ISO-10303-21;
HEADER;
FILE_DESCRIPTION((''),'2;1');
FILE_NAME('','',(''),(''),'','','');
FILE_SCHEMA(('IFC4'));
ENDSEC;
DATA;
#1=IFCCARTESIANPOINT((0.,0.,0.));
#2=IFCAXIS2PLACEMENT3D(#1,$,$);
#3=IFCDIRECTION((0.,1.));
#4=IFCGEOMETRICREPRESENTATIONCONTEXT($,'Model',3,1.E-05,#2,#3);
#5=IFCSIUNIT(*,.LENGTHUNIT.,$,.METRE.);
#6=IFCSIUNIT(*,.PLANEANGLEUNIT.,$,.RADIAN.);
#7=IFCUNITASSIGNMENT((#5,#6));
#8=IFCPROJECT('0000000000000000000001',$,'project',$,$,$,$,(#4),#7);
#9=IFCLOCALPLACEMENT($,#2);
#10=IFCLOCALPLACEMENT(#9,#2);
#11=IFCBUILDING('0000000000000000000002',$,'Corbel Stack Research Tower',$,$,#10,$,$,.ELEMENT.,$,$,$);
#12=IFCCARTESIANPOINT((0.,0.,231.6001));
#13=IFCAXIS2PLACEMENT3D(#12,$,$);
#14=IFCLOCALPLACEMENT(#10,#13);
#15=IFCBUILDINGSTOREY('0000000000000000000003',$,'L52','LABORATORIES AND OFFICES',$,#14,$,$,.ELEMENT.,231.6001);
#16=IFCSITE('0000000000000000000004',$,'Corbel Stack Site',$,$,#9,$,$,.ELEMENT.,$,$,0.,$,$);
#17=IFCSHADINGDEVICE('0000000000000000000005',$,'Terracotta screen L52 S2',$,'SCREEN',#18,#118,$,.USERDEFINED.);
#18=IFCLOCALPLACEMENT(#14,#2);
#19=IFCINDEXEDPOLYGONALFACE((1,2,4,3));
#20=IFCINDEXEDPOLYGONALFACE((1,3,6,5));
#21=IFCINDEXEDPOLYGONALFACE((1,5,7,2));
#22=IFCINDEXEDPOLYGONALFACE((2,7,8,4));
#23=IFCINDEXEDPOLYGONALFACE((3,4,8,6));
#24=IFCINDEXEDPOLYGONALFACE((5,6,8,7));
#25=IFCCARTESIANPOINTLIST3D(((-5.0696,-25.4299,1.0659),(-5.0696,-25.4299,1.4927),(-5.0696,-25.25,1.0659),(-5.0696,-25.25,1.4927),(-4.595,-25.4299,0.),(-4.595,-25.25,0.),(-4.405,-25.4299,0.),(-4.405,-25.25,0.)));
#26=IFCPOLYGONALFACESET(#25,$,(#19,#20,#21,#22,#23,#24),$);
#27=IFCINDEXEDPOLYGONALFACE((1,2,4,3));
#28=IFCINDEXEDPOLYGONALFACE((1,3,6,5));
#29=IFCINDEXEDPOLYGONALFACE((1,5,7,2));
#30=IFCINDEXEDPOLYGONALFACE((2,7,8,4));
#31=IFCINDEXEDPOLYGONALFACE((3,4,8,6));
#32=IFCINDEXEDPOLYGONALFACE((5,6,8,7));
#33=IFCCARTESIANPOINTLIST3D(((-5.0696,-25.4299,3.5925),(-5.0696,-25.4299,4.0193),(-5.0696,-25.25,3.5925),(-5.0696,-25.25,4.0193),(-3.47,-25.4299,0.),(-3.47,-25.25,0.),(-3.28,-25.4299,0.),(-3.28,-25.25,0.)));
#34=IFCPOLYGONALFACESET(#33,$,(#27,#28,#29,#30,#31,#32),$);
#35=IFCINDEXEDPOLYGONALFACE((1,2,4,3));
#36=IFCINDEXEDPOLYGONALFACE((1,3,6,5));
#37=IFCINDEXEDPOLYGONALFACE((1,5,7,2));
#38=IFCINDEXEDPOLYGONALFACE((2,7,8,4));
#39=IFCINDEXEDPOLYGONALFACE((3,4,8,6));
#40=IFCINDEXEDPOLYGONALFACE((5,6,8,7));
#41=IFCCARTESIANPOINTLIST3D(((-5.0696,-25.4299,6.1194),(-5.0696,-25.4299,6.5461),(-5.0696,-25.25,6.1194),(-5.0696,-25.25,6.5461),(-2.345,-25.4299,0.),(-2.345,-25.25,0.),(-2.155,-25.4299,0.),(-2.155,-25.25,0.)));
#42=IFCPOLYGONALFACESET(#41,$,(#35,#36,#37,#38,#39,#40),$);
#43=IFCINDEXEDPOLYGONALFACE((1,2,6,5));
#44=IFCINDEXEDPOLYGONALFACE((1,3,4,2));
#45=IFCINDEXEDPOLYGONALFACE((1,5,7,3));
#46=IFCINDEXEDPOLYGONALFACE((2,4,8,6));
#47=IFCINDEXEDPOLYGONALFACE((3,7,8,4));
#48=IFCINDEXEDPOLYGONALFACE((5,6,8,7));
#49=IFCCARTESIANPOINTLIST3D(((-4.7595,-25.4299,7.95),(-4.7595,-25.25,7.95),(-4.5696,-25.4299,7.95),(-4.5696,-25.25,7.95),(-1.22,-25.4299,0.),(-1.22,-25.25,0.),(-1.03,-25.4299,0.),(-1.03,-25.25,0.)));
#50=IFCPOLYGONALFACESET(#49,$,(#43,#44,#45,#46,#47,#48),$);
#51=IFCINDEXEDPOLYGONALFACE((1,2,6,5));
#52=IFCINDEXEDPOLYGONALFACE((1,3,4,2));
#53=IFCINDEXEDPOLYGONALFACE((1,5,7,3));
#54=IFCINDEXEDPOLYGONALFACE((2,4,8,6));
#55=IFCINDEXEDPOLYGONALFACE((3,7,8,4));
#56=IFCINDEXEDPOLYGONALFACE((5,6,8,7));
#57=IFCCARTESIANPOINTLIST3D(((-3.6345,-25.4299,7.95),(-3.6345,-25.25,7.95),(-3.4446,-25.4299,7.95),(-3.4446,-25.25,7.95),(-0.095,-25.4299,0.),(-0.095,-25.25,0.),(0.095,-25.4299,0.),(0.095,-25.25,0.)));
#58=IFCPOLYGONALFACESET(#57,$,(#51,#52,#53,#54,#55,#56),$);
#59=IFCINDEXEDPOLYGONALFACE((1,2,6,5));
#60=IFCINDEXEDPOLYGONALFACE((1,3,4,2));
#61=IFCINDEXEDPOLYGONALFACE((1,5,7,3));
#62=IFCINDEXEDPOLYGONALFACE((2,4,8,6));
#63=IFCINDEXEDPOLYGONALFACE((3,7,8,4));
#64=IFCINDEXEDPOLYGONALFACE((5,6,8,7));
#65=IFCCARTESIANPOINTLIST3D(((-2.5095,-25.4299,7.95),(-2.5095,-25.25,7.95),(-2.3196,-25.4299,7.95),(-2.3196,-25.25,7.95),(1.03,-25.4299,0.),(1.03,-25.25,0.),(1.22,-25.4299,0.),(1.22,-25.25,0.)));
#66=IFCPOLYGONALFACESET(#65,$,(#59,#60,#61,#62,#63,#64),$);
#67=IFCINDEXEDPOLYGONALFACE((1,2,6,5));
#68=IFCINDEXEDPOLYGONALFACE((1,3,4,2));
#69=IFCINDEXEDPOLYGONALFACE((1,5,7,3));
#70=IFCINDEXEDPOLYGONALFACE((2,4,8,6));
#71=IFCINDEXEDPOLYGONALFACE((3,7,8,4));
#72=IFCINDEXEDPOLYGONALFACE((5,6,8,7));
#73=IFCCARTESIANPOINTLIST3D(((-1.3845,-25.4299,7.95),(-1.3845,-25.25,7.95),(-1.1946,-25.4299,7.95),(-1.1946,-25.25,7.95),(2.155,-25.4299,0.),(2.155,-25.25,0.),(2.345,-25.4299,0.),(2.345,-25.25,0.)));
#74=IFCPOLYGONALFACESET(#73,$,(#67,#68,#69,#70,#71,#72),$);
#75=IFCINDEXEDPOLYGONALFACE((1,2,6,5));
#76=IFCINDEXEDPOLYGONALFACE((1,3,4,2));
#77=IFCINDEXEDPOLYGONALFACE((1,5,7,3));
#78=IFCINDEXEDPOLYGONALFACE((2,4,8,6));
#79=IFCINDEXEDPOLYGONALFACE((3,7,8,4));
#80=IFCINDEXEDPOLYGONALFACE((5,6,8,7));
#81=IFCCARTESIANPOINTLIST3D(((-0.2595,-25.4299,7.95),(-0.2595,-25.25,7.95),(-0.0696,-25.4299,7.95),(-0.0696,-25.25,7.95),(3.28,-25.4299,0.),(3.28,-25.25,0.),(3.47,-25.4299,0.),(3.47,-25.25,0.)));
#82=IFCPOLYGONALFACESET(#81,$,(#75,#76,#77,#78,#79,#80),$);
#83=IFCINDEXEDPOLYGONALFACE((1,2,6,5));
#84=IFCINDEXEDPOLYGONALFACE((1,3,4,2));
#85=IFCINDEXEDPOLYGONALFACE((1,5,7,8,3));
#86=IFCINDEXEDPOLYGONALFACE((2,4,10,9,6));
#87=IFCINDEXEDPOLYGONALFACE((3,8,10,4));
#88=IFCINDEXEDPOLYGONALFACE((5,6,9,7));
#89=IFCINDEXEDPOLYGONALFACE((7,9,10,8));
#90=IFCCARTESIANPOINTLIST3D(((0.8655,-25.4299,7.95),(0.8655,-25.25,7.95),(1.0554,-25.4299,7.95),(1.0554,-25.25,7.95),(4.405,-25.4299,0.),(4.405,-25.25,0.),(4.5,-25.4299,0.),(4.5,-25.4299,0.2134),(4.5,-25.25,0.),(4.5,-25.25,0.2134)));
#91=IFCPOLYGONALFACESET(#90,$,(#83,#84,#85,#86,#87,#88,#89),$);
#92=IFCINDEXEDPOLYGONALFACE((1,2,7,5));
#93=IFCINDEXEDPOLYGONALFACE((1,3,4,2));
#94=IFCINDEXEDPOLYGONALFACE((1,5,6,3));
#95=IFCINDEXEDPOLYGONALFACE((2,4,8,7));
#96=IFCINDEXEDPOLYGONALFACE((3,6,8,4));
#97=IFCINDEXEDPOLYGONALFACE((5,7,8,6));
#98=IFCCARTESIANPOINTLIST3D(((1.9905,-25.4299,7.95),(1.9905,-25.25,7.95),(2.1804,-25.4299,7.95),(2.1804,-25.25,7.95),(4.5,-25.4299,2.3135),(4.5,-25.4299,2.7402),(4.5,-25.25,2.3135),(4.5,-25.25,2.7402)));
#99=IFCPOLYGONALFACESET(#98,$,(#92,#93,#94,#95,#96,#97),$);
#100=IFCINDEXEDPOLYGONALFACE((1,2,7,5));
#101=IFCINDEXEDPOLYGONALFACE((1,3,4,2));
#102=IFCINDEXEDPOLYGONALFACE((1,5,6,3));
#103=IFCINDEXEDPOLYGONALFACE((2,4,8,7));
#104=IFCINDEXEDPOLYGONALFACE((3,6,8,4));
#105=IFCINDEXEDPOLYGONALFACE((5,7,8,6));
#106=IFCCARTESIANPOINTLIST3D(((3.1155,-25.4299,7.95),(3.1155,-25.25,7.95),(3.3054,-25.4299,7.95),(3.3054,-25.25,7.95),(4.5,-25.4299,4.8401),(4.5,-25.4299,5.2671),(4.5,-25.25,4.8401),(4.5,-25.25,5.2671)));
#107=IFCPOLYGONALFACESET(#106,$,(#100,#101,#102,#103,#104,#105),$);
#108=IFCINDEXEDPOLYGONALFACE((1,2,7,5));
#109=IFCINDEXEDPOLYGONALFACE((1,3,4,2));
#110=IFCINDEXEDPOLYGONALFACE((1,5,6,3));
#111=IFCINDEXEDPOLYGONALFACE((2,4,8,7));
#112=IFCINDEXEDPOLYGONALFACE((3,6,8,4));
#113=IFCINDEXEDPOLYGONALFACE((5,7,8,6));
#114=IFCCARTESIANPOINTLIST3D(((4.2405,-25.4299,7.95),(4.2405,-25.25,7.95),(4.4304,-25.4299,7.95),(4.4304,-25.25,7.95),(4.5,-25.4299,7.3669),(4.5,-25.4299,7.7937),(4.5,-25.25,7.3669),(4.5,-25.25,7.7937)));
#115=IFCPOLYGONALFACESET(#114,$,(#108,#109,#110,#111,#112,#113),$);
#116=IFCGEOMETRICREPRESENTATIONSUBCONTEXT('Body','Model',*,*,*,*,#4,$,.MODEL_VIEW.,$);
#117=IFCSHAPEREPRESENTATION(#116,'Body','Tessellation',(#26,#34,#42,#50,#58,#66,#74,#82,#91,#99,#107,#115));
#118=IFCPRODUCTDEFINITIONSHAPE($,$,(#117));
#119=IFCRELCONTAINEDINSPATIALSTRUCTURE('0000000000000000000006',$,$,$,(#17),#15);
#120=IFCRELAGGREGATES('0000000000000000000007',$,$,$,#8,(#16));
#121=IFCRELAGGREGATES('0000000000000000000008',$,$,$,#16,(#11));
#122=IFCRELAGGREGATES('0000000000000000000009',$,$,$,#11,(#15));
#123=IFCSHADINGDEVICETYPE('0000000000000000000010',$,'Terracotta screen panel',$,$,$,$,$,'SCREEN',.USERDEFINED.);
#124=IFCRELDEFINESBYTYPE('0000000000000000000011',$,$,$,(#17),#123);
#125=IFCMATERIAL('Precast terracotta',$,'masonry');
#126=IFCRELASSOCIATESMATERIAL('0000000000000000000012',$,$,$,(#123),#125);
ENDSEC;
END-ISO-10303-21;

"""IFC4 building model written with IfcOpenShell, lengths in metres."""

from ifc_helpers import new_model, si_unit, direction, frame, origin, place, context, subcontext, project, spatial, polyline, outline, extrude, source, transform, mapped, material, type_object, element, save


model = new_model("IFC4")

# Units and contexts
model_context = context("Model", 3, precision=1e-05, world=origin(), true_north=direction((0.0, 1.0)))
body_context = subcontext(model_context, "Body", "Model", "MODEL_VIEW")
ifc_project = project(units=[si_unit("LENGTHUNIT", "METRE"), si_unit("PLANEANGLEUNIT", "RADIAN")], contexts=[model_context])

# Site, building, storey
site_placement = place(None, origin())
site = spatial("IfcSite", under=ifc_project, at=site_placement, Name="Corbel Stack Site", CompositionType="ELEMENT", RefElevation=0.0)
building_placement = place(site_placement, origin())
building = spatial("IfcBuilding", under=site, at=building_placement, Name="Corbel Stack Research Tower", CompositionType="ELEMENT")
storey_placement = place(building_placement, frame((0.0, 0.0, 231.6001)))
storey = spatial("IfcBuildingStorey", under=building, at=storey_placement, Name="L52", Description="LABORATORIES AND OFFICES", CompositionType="ELEMENT", Elevation=231.6001)

# Shading device
ifc_material_1 = material(Name="Precast terracotta", Category="masonry")
shading_device_type = type_object("IfcShadingDeviceType", Name="Terracotta screen panel", ElementType="SCREEN", PredefinedType="USERDEFINED", material=ifc_material_1)
shared_shape = source(origin(), body_context, "Body", "SweptSolid", [
    extrude(outline(polyline([(0.6646, 0.0), (0.0, 1.4927), (0.0, 1.0659), (0.4746, 0.0), (0.6646, 0.0)])), frame((0.0, 0.0, 0.0), z_axis=(0.0, -1.0, 0.0), x_axis=(1.0, 0.0, 0.0)), (0.0, 0.0, 1.0), 0.1799),
    extrude(outline(polyline([(1.7896, 0.0), (0.0, 4.0193), (0.0, 3.5925), (1.5996, 0.0), (1.7896, 0.0)])), frame((0.0, 0.0, 0.0), z_axis=(0.0, -1.0, 0.0), x_axis=(1.0, 0.0, 0.0)), (0.0, 0.0, 1.0), 0.1799),
    extrude(outline(polyline([(2.9146, 0.0), (0.0, 6.5461), (0.0, 6.1194), (2.7246, 0.0), (2.9146, 0.0)])), frame((0.0, 0.0, 0.0), z_axis=(0.0, -1.0, 0.0), x_axis=(1.0, 0.0, 0.0)), (0.0, 0.0, 1.0), 0.1799),
    extrude(outline(polyline([(4.0396, 0.0), (0.5, 7.95), (0.3101, 7.95), (3.8496, 0.0), (4.0396, 0.0)])), frame((0.0, 0.0, 0.0), z_axis=(0.0, -1.0, 0.0), x_axis=(1.0, 0.0, 0.0)), (0.0, 0.0, 1.0), 0.1799),
    extrude(outline(polyline([(5.1646, 0.0), (1.625, 7.95), (1.4351, 7.95), (4.9746, 0.0), (5.1646, 0.0)])), frame((0.0, 0.0, 0.0), z_axis=(0.0, -1.0, 0.0), x_axis=(1.0, 0.0, 0.0)), (0.0, 0.0, 1.0), 0.1799),
    extrude(outline(polyline([(6.2896, 0.0), (2.75, 7.95), (2.5601, 7.95), (6.0996, 0.0), (6.2896, 0.0)])), frame((0.0, 0.0, 0.0), z_axis=(0.0, -1.0, 0.0), x_axis=(1.0, 0.0, 0.0)), (0.0, 0.0, 1.0), 0.1799),
    extrude(outline(polyline([(7.4146, 0.0), (3.875, 7.95), (3.6851, 7.95), (7.2246, 0.0), (7.4146, 0.0)])), frame((0.0, 0.0, 0.0), z_axis=(0.0, -1.0, 0.0), x_axis=(1.0, 0.0, 0.0)), (0.0, 0.0, 1.0), 0.1799),
    extrude(outline(polyline([(8.5396, 0.0), (5.0, 7.95), (4.8101, 7.95), (8.3496, 0.0), (8.5396, 0.0)])), frame((0.0, 0.0, 0.0), z_axis=(0.0, -1.0, 0.0), x_axis=(1.0, 0.0, 0.0)), (0.0, 0.0, 1.0), 0.1799),
    extrude(outline(polyline([(9.5696, 0.0), (9.5696, 0.2134), (6.125, 7.95), (5.9351, 7.95), (9.4746, 0.0), (9.5696, 0.0)])), frame((0.0, 0.0, 0.0), z_axis=(0.0, -1.0, 0.0), x_axis=(1.0, 0.0, 0.0)), (0.0, 0.0, 1.0), 0.1799),
    extrude(outline(polyline([(7.25, 7.95), (7.0601, 7.95), (9.5696, 2.3135), (9.5696, 2.7402), (7.25, 7.95)])), frame((0.0, 0.0, 0.0), z_axis=(0.0, -1.0, 0.0), x_axis=(1.0, 0.0, 0.0)), (0.0, 0.0, 1.0), 0.1799),
    extrude(outline(polyline([(8.375, 7.95), (8.1851, 7.95), (9.5696, 4.8401), (9.5696, 5.2671), (8.375, 7.95)])), frame((0.0, 0.0, 0.0), z_axis=(0.0, -1.0, 0.0), x_axis=(1.0, 0.0, 0.0)), (0.0, 0.0, 1.0), 0.1799),
    extrude(outline(polyline([(9.5, 7.95), (9.3101, 7.95), (9.5696, 7.3669), (9.5696, 7.7937), (9.5, 7.95)])), frame((0.0, 0.0, 0.0), z_axis=(0.0, -1.0, 0.0), x_axis=(1.0, 0.0, 0.0)), (0.0, 0.0, 1.0), 0.1799),
])
shading_device_placement = place(storey_placement, frame((-5.0696, -25.25, 0.0), z_axis=(0.0, 0.0, 1.0), x_axis=(1.0, 0.0, 0.0)))
element("IfcShadingDevice", 1, at=shading_device_placement, inside=storey, type_object=shading_device_type, Name="Terracotta screen L52 S2", ObjectType="SCREEN", PredefinedType="USERDEFINED", context=body_context, shape_type="MappedRepresentation", body=[
    mapped(shared_shape, transform((0.0, 0.0, 0.0))),
])

save(model, "model.ifc")
